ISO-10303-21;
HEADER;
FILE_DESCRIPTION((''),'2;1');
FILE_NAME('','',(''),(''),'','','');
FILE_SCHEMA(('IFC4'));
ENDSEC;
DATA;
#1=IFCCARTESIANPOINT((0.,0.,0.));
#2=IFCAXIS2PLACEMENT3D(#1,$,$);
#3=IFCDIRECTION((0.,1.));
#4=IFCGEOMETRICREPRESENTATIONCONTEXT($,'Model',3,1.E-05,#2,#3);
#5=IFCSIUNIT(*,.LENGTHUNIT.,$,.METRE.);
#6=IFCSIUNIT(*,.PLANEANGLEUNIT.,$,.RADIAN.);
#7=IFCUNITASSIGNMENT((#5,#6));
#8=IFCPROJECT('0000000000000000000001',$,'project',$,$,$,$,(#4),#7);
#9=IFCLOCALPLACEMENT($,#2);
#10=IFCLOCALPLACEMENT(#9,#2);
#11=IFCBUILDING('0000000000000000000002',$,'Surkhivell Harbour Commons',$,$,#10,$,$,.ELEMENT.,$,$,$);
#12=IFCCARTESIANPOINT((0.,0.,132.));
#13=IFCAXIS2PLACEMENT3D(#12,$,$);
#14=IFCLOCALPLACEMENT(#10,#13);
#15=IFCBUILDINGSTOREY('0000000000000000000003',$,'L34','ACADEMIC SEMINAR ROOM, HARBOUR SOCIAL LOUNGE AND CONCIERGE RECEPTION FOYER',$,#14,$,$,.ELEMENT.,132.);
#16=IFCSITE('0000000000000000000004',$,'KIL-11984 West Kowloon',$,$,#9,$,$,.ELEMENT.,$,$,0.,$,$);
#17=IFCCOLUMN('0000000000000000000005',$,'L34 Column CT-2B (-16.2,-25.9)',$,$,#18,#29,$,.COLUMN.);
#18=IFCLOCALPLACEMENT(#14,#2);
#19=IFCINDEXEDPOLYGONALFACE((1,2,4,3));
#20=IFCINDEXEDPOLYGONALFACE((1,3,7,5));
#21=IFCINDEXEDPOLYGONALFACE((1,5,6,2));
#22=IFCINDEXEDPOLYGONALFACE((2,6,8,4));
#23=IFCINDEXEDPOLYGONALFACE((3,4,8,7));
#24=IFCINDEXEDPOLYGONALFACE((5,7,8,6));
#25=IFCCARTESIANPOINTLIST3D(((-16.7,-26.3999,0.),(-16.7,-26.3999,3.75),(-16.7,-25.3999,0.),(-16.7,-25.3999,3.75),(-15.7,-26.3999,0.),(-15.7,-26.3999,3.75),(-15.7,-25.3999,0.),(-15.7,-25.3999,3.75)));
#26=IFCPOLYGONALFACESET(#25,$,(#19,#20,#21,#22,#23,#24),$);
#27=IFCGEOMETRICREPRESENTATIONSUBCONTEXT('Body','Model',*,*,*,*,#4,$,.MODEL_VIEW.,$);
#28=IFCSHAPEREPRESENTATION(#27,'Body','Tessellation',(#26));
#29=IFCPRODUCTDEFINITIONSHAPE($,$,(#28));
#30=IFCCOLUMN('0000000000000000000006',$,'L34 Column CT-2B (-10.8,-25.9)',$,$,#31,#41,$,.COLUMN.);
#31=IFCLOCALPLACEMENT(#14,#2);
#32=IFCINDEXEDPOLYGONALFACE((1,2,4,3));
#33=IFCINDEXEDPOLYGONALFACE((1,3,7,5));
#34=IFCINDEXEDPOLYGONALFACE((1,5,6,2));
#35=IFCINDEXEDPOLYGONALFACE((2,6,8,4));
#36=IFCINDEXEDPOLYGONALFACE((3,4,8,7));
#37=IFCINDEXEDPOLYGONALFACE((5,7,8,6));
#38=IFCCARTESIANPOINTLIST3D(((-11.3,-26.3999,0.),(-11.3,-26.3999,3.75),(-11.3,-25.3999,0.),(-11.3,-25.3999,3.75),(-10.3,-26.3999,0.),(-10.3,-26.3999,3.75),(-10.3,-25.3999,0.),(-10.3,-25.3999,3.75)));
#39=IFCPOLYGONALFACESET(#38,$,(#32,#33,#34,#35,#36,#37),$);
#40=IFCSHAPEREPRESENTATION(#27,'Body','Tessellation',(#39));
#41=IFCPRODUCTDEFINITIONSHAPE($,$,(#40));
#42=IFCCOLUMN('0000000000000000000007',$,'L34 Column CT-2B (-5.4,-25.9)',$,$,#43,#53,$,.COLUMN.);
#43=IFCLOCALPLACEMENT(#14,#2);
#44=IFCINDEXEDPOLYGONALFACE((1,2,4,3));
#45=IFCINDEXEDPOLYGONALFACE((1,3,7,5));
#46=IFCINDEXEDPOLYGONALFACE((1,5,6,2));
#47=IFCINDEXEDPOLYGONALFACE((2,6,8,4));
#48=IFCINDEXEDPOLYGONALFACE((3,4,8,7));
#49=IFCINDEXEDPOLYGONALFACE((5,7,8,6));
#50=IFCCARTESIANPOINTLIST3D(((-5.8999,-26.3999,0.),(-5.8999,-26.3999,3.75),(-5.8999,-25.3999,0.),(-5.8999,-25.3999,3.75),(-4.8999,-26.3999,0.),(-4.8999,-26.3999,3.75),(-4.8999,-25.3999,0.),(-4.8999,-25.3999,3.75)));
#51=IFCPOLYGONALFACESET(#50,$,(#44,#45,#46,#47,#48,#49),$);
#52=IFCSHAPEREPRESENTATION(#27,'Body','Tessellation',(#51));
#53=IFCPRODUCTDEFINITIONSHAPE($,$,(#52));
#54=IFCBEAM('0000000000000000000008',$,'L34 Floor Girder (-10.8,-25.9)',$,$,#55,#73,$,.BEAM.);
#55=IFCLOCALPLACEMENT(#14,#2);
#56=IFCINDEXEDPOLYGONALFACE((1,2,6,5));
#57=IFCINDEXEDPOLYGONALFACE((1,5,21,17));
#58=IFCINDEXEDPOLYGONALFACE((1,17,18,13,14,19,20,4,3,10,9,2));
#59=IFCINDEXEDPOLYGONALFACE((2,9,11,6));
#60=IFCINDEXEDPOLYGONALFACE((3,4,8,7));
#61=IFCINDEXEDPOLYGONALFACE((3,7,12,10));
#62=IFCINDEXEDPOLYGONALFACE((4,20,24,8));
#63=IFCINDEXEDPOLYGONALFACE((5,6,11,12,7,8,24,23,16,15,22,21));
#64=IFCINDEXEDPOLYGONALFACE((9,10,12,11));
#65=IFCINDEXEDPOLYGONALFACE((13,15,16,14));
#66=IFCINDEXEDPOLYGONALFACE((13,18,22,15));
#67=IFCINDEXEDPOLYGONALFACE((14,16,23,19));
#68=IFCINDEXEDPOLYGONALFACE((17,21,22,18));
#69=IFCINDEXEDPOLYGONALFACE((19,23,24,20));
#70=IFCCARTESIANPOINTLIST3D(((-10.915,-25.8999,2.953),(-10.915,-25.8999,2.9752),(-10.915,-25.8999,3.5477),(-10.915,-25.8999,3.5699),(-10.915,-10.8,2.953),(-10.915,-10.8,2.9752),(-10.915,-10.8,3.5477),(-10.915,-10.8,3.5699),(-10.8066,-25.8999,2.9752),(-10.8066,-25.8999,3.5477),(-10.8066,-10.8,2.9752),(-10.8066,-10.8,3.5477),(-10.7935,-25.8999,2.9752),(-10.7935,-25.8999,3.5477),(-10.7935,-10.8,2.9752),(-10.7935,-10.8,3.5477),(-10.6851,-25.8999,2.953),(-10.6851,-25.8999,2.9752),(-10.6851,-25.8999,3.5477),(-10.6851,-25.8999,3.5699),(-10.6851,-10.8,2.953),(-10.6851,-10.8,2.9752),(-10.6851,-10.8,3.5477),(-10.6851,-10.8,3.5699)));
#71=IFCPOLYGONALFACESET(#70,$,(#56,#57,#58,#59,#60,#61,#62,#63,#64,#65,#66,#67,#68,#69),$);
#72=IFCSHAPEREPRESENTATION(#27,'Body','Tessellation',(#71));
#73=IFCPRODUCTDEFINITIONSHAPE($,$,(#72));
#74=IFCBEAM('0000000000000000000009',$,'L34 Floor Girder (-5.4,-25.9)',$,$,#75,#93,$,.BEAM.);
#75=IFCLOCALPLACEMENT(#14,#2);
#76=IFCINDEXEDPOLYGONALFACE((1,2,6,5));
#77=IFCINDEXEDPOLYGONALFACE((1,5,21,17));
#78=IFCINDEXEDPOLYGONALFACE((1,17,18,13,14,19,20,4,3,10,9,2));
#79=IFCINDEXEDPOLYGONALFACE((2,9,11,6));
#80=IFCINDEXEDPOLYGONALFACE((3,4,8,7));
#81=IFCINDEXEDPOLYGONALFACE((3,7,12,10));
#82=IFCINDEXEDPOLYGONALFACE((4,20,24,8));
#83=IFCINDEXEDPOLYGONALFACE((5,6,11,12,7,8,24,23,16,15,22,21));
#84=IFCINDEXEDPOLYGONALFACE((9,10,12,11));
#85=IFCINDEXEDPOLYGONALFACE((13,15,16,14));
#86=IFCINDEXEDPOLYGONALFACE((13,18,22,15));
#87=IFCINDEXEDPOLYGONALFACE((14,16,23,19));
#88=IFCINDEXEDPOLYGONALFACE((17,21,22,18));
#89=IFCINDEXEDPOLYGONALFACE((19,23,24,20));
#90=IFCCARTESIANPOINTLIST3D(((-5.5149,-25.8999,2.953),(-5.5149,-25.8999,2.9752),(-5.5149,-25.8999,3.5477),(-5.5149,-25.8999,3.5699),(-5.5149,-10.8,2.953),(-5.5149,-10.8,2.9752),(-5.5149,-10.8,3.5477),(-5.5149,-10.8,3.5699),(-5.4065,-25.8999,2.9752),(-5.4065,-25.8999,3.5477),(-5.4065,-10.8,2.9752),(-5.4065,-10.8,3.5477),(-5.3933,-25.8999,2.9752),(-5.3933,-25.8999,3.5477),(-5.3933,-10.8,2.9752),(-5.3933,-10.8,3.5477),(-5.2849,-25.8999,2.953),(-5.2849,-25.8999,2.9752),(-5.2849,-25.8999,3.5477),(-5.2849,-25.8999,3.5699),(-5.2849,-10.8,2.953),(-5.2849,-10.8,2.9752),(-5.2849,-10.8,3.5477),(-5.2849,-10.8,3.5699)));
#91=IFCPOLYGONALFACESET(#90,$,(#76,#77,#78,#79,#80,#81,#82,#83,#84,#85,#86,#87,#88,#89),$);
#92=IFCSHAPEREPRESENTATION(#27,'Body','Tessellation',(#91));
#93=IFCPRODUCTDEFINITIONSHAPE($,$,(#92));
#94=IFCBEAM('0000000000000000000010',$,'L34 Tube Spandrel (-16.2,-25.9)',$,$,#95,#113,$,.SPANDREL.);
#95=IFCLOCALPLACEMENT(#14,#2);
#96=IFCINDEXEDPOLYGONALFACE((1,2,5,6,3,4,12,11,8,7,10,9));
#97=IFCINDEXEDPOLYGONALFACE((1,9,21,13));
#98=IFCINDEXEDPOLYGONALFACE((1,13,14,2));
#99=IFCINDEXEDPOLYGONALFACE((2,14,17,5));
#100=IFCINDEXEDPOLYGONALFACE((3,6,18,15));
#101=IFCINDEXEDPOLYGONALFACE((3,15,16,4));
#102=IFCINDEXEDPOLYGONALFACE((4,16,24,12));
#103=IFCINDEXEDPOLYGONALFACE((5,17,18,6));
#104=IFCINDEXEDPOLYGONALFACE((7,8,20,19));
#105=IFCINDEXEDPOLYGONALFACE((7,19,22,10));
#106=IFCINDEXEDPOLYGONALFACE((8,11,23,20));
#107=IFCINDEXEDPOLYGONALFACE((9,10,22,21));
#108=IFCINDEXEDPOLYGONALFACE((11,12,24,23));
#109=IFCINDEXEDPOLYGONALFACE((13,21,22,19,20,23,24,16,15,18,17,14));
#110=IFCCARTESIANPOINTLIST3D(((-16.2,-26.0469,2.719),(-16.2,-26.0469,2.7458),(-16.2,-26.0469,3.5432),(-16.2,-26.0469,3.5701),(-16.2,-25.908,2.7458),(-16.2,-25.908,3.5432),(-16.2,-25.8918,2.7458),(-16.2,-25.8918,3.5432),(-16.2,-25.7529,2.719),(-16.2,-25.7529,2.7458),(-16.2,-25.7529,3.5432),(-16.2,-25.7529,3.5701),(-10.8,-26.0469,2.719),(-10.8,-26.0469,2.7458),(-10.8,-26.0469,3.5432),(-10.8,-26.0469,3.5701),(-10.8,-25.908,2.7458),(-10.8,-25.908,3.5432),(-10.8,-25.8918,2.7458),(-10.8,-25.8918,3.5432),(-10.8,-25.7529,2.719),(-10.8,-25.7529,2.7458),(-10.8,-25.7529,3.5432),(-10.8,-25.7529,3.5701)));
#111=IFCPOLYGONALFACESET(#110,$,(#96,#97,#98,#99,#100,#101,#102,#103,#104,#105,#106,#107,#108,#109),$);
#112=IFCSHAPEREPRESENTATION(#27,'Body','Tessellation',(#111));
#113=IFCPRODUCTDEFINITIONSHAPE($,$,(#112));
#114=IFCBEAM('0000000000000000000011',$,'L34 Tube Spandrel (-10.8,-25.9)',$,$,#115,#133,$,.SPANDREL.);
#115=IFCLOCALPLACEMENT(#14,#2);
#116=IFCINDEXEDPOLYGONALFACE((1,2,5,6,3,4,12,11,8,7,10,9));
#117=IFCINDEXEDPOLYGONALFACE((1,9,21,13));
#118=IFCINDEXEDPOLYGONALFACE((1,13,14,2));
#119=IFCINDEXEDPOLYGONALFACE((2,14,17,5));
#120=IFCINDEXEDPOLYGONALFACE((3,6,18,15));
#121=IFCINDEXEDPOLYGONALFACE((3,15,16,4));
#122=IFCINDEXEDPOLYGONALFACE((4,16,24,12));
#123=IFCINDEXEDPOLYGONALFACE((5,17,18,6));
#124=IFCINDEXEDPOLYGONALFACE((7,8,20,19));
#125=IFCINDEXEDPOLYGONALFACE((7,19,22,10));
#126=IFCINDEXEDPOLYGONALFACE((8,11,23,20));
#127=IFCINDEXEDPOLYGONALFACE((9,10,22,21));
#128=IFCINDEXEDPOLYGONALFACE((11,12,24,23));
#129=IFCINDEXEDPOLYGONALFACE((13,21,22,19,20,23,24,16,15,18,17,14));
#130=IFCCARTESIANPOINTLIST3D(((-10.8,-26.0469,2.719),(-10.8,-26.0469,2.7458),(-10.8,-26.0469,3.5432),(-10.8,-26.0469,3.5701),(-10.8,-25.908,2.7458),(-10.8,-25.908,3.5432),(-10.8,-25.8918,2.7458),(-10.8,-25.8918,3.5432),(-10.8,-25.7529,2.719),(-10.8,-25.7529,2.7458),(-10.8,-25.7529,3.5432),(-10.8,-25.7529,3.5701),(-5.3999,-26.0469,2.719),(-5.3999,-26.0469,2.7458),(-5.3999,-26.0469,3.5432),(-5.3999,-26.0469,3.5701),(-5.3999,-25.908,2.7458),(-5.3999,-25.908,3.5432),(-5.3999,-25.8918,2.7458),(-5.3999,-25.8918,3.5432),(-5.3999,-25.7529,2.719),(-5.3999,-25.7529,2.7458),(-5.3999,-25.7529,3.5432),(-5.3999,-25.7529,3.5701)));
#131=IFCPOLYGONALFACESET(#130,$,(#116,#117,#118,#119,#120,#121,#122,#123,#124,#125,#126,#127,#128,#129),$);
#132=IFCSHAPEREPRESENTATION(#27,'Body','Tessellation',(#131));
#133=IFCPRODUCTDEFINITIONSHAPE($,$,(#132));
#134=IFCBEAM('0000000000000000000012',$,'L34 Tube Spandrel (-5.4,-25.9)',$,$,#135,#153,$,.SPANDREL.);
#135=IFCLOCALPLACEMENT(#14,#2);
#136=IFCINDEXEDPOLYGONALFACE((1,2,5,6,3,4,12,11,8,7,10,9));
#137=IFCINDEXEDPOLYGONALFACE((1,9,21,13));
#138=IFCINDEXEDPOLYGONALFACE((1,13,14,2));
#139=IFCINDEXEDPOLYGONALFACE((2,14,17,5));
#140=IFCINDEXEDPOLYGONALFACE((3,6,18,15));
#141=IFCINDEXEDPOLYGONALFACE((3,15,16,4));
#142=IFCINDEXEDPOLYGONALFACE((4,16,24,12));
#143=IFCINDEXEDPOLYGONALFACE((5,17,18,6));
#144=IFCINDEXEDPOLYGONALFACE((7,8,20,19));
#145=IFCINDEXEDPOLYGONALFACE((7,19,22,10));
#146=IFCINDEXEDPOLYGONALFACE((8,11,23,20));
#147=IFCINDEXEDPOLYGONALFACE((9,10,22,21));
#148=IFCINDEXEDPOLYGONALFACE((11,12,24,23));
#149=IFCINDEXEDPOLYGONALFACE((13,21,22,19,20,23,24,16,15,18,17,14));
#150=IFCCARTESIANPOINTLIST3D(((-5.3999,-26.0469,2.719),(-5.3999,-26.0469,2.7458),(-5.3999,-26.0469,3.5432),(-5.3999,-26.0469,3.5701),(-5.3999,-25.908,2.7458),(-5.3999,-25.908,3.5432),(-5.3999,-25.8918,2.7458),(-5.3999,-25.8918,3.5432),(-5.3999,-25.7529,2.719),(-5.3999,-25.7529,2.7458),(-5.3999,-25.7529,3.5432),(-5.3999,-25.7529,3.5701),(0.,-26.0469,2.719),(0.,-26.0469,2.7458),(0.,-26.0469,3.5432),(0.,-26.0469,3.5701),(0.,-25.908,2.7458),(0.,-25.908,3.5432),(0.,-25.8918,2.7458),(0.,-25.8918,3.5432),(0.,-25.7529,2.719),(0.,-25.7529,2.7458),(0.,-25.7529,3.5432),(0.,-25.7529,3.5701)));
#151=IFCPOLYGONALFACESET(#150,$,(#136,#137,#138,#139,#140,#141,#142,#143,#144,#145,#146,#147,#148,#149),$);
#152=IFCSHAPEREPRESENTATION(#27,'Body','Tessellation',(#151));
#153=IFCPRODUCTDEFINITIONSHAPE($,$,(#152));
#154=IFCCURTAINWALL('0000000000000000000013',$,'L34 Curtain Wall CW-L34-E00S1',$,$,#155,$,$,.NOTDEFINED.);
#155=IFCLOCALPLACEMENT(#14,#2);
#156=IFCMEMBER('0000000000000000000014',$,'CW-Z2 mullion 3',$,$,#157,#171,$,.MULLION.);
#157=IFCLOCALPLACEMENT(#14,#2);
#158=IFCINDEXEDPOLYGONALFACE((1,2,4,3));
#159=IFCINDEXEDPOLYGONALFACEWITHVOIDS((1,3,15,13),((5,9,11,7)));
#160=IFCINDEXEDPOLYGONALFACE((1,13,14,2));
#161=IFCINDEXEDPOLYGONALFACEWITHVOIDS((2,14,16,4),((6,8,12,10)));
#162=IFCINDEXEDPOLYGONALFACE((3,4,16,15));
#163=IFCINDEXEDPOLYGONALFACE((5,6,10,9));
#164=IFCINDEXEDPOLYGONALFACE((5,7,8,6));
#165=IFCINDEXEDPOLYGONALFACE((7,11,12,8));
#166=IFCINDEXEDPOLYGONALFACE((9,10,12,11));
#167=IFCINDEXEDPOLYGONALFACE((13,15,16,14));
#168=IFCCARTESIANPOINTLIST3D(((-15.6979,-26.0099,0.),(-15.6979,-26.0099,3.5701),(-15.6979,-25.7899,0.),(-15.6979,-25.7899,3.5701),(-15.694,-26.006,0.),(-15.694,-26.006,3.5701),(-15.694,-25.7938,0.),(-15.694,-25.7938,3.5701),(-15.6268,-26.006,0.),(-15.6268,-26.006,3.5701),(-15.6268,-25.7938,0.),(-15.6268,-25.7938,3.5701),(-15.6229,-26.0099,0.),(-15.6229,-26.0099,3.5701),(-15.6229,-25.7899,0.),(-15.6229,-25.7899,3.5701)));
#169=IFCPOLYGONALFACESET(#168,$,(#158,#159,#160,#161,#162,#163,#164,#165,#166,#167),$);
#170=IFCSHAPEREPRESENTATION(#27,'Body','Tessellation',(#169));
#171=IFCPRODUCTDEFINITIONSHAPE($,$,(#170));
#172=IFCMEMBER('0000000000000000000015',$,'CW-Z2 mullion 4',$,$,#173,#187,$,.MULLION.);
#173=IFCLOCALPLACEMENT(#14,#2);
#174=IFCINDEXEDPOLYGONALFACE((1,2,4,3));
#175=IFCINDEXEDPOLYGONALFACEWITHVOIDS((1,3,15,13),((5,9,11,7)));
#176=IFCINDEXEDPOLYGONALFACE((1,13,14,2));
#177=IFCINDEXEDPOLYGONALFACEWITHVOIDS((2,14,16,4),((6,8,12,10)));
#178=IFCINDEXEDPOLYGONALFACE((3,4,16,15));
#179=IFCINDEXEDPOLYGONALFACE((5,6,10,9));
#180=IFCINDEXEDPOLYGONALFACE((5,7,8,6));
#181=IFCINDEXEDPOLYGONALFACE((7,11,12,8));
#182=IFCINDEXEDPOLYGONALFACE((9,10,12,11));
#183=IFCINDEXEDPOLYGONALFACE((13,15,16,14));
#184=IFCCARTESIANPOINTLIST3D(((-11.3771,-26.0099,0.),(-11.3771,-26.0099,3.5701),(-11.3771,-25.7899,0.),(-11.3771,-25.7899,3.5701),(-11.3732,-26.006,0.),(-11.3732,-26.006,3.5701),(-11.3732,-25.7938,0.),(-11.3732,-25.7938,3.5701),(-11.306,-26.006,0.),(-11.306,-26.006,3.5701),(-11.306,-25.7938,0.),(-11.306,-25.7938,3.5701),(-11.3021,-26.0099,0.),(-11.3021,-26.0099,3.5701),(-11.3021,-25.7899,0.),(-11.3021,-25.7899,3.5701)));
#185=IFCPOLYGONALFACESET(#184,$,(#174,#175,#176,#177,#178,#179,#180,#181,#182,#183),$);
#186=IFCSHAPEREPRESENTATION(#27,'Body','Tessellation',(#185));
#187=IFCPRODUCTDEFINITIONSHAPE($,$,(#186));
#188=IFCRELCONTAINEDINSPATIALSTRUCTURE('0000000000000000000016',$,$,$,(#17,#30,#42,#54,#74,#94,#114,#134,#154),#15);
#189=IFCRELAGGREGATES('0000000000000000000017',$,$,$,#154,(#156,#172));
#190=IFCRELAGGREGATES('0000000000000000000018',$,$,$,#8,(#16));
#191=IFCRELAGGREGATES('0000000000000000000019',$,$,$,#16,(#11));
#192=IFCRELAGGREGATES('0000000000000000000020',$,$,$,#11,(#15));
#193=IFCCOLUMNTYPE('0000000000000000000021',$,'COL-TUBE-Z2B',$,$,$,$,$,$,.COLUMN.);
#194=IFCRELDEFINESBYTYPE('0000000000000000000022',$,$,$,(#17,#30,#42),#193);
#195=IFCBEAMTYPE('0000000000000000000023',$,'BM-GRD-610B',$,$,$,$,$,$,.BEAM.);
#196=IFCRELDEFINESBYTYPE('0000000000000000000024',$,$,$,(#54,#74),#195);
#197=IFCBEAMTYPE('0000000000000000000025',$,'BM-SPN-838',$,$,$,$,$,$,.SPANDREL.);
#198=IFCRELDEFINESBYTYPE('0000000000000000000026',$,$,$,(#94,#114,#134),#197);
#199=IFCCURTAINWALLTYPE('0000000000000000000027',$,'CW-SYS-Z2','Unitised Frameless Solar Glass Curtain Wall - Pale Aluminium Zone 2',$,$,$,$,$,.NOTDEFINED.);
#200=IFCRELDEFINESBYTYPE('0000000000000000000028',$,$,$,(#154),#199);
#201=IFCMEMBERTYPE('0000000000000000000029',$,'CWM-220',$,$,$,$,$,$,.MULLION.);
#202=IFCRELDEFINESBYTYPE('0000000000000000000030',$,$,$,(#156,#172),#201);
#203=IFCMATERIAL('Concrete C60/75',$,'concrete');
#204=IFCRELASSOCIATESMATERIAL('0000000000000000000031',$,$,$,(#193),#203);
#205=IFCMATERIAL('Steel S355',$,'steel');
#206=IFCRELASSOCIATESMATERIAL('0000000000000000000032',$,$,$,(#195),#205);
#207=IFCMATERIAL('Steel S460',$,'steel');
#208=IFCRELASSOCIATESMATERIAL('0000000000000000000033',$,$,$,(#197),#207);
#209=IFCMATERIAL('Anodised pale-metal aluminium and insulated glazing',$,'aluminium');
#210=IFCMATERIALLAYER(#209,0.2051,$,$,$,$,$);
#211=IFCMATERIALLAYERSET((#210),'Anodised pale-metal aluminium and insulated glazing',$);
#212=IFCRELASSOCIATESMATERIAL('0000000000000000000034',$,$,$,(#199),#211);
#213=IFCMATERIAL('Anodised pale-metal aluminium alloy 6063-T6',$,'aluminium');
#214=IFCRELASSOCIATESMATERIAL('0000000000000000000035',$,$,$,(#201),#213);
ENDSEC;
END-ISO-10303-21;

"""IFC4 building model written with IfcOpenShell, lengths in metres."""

from ifc_helpers import new_model, si_unit, direction, frame, origin, origin_2d, place, context, subcontext, project, spatial, rectangle, hollow_rectangle, i_section, extrude, material, layer, layer_set, material_profile, profile_set, type_object, element, aggregate, save


model = new_model("IFC4")

# Units and contexts
model_context = context("Model", 3, precision=1e-05, world=origin(), true_north=direction((0.0, 1.0)))
body_context = subcontext(model_context, "Body", "Model", "MODEL_VIEW")
ifc_project = project(units=[si_unit("LENGTHUNIT", "METRE"), si_unit("PLANEANGLEUNIT", "RADIAN")], contexts=[model_context])

# Site, building, storey
site_placement = place(None, origin())
site = spatial("IfcSite", under=ifc_project, at=site_placement, Name="KIL-11984 West Kowloon", CompositionType="ELEMENT", RefElevation=0.0)
building_placement = place(site_placement, origin())
building = spatial("IfcBuilding", under=site, at=building_placement, Name="Surkhivell Harbour Commons", CompositionType="ELEMENT")
storey_placement = place(building_placement, frame((0.0, 0.0, 132.0)))
storey = spatial("IfcBuildingStorey", under=building, at=storey_placement, Name="L34", Description="ACADEMIC SEMINAR ROOM, HARBOUR SOCIAL LOUNGE AND CONCIERGE RECEPTION FOYER", CompositionType="ELEMENT", Elevation=132.0)

# Columns
ifc_material_1 = material(Name="Concrete C60/75", Category="concrete")
ifc_material_profile_1 = material_profile(ifc_material_1, rectangle(XDim=1.0, YDim=1.0, at=origin_2d()), Name="RC-COL-1000x1000")
ifc_profile_set_1 = profile_set([ifc_material_profile_1], Name="Concrete C60/75")
column_type = type_object("IfcColumnType", Name="COL-TUBE-Z2B", PredefinedType="COLUMN", material=ifc_profile_set_1)
for number, where, z_axis, x_axis, name in (
    (1, (-16.2, -25.8999, 0.0), (0.0, 0.0, 1.0), (1.0, 0.0, 0.0), "L34 Column CT-2B (-16.2,-25.9)"),
    (2, (-10.8, -25.8999, 0.0), (0.0, 0.0, 1.0), (1.0, 0.0, 0.0), "L34 Column CT-2B (-10.8,-25.9)"),
    (3, (-5.3999, -25.8999, 0.0), (0.0, 0.0, 1.0), (1.0, 0.0, 0.0), "L34 Column CT-2B (-5.4,-25.9)"),
):
    element("IfcColumn", number, at=place(storey_placement, frame(where, z_axis=z_axis, x_axis=x_axis)), inside=storey, type_object=column_type, Name=name, PredefinedType="COLUMN", context=body_context, shape_type="SweptSolid", body=[
        extrude(rectangle(XDim=1.0, YDim=1.0, at=origin_2d()), origin(), (0.0, 0.0, 1.0), 3.75),
    ])

# Beams
ifc_material_2 = material(Name="Steel S355", Category="steel")
ifc_material_profile_2 = material_profile(ifc_material_2, i_section(OverallWidth=0.23, OverallDepth=0.6169, WebThickness=0.0132, FlangeThickness=0.0222, at=origin_2d()), Name="UB610x229x140")
ifc_profile_set_2 = profile_set([ifc_material_profile_2], Name="Steel S355")
beam_type_1 = type_object("IfcBeamType", Name="BM-GRD-610B", PredefinedType="BEAM", material=ifc_profile_set_2)
for number, where, z_axis, x_axis, name in (
    (4, (-10.8, -25.8999, 3.2615), (0.0, 1.0, 0.0), (-1.0, 0.0, 0.0), "L34 Floor Girder (-10.8,-25.9)"),
    (5, (-5.3999, -25.8999, 3.2615), (0.0, 1.0, 0.0), (-1.0, 0.0, 0.0), "L34 Floor Girder (-5.4,-25.9)"),
):
    element("IfcBeam", number, at=place(storey_placement, frame(where, z_axis=z_axis, x_axis=x_axis)), inside=storey, type_object=beam_type_1, Name=name, PredefinedType="BEAM", context=body_context, shape_type="SweptSolid", body=[
        extrude(i_section(OverallWidth=0.23, OverallDepth=0.6169, WebThickness=0.0132, FlangeThickness=0.0222, at=origin_2d()), origin(), (0.0, 0.0, 1.0), 15.0999),
    ])
ifc_material_3 = material(Name="Steel S460", Category="steel")
ifc_material_profile_3 = material_profile(ifc_material_3, i_section(OverallWidth=0.2939, OverallDepth=0.8511, WebThickness=0.0161, FlangeThickness=0.0269, at=origin_2d()), Name="UB838x292x226")
ifc_profile_set_3 = profile_set([ifc_material_profile_3], Name="Steel S460")
beam_type_2 = type_object("IfcBeamType", Name="BM-SPN-838", PredefinedType="SPANDREL", material=ifc_profile_set_3)
beam_1_placement = place(storey_placement, frame((-16.2, -25.8999, 3.1445), z_axis=(1.0, 0.0, 0.0), x_axis=(0.0, 1.0, 0.0)))
element("IfcBeam", 6, at=beam_1_placement, inside=storey, type_object=beam_type_2, Name="L34 Tube Spandrel (-16.2,-25.9)", PredefinedType="SPANDREL", context=body_context, shape_type="SweptSolid", body=[
    extrude(i_section(OverallWidth=0.2939, OverallDepth=0.8511, WebThickness=0.0161, FlangeThickness=0.0269, at=origin_2d()), origin(), (0.0, 0.0, 1.0), 5.3999),
])
beam_2_placement = place(storey_placement, frame((-10.8, -25.8999, 3.1445), z_axis=(1.0, 0.0, 0.0), x_axis=(0.0, 1.0, 0.0)))
element("IfcBeam", 7, at=beam_2_placement, inside=storey, type_object=beam_type_2, Name="L34 Tube Spandrel (-10.8,-25.9)", PredefinedType="SPANDREL", context=body_context, shape_type="SweptSolid", body=[
    extrude(i_section(OverallWidth=0.2939, OverallDepth=0.8511, WebThickness=0.0161, FlangeThickness=0.0269, at=origin_2d()), origin(), (0.0, 0.0, 1.0), 5.4001),
])
beam_3_placement = place(storey_placement, frame((-5.3999, -25.8999, 3.1445), z_axis=(1.0, 0.0, 0.0), x_axis=(0.0, 1.0, 0.0)))
element("IfcBeam", 8, at=beam_3_placement, inside=storey, type_object=beam_type_2, Name="L34 Tube Spandrel (-5.4,-25.9)", PredefinedType="SPANDREL", context=body_context, shape_type="SweptSolid", body=[
    extrude(i_section(OverallWidth=0.2939, OverallDepth=0.8511, WebThickness=0.0161, FlangeThickness=0.0269, at=origin_2d()), origin(), (0.0, 0.0, 1.0), 5.3999),
])

# Curtain wall, members
ifc_material_4 = material(Name="Anodised pale-metal aluminium and insulated glazing", Category="aluminium")
ifc_layer_1 = layer(ifc_material_4, 0.2051)
ifc_layer_set_1 = layer_set([ifc_layer_1], Name="Anodised pale-metal aluminium and insulated glazing")
curtain_wall_type = type_object("IfcCurtainWallType", Name="CW-SYS-Z2", Description="Unitised Frameless Solar Glass Curtain Wall - Pale Aluminium Zone 2", PredefinedType="NOTDEFINED", material=ifc_layer_set_1)
curtain_wall_1_placement = place(storey_placement, origin())
curtain_wall_1 = element("IfcCurtainWall", 9, at=curtain_wall_1_placement, inside=storey, type_object=curtain_wall_type, Name="L34 Curtain Wall CW-L34-E00S1", PredefinedType="NOTDEFINED")
ifc_material_5 = material(Name="Anodised pale-metal aluminium alloy 6063-T6", Category="aluminium")
ifc_material_profile_4 = material_profile(ifc_material_5, hollow_rectangle(XDim=0.075, YDim=0.22, WallThickness=0.0039, at=origin_2d()), Name="ALU-MULL-75x220")
ifc_profile_set_4 = profile_set([ifc_material_profile_4], Name="Anodised pale-metal aluminium alloy 6063-T6")
member_type_1 = type_object("IfcMemberType", Name="CWM-220", PredefinedType="MULLION", material=ifc_profile_set_4)
member_1_placement = place(storey_placement, frame((-15.6604, -25.8999, 0.0), z_axis=(0.0, 0.0, 1.0), x_axis=(1.0, 0.0, 0.0)))
member_1 = element("IfcMember", 10, at=member_1_placement, type_object=member_type_1, Name="CW-Z2 mullion 3", PredefinedType="MULLION", context=body_context, shape_type="SweptSolid", body=[
    extrude(hollow_rectangle(XDim=0.075, YDim=0.22, WallThickness=0.0039, at=origin_2d()), origin(), (0.0, 0.0, 1.0), 3.5701),
])
member_2_placement = place(storey_placement, frame((-11.3396, -25.8999, 0.0), z_axis=(0.0, 0.0, 1.0), x_axis=(1.0, 0.0, 0.0)))
member_2 = element("IfcMember", 11, at=member_2_placement, type_object=member_type_1, Name="CW-Z2 mullion 4", PredefinedType="MULLION", context=body_context, shape_type="SweptSolid", body=[
    extrude(hollow_rectangle(XDim=0.075, YDim=0.22, WallThickness=0.0039, at=origin_2d()), origin(), (0.0, 0.0, 1.0), 3.5701),
])

aggregate(curtain_wall_1, [member_1, member_2])

save(model, "model.ifc")
